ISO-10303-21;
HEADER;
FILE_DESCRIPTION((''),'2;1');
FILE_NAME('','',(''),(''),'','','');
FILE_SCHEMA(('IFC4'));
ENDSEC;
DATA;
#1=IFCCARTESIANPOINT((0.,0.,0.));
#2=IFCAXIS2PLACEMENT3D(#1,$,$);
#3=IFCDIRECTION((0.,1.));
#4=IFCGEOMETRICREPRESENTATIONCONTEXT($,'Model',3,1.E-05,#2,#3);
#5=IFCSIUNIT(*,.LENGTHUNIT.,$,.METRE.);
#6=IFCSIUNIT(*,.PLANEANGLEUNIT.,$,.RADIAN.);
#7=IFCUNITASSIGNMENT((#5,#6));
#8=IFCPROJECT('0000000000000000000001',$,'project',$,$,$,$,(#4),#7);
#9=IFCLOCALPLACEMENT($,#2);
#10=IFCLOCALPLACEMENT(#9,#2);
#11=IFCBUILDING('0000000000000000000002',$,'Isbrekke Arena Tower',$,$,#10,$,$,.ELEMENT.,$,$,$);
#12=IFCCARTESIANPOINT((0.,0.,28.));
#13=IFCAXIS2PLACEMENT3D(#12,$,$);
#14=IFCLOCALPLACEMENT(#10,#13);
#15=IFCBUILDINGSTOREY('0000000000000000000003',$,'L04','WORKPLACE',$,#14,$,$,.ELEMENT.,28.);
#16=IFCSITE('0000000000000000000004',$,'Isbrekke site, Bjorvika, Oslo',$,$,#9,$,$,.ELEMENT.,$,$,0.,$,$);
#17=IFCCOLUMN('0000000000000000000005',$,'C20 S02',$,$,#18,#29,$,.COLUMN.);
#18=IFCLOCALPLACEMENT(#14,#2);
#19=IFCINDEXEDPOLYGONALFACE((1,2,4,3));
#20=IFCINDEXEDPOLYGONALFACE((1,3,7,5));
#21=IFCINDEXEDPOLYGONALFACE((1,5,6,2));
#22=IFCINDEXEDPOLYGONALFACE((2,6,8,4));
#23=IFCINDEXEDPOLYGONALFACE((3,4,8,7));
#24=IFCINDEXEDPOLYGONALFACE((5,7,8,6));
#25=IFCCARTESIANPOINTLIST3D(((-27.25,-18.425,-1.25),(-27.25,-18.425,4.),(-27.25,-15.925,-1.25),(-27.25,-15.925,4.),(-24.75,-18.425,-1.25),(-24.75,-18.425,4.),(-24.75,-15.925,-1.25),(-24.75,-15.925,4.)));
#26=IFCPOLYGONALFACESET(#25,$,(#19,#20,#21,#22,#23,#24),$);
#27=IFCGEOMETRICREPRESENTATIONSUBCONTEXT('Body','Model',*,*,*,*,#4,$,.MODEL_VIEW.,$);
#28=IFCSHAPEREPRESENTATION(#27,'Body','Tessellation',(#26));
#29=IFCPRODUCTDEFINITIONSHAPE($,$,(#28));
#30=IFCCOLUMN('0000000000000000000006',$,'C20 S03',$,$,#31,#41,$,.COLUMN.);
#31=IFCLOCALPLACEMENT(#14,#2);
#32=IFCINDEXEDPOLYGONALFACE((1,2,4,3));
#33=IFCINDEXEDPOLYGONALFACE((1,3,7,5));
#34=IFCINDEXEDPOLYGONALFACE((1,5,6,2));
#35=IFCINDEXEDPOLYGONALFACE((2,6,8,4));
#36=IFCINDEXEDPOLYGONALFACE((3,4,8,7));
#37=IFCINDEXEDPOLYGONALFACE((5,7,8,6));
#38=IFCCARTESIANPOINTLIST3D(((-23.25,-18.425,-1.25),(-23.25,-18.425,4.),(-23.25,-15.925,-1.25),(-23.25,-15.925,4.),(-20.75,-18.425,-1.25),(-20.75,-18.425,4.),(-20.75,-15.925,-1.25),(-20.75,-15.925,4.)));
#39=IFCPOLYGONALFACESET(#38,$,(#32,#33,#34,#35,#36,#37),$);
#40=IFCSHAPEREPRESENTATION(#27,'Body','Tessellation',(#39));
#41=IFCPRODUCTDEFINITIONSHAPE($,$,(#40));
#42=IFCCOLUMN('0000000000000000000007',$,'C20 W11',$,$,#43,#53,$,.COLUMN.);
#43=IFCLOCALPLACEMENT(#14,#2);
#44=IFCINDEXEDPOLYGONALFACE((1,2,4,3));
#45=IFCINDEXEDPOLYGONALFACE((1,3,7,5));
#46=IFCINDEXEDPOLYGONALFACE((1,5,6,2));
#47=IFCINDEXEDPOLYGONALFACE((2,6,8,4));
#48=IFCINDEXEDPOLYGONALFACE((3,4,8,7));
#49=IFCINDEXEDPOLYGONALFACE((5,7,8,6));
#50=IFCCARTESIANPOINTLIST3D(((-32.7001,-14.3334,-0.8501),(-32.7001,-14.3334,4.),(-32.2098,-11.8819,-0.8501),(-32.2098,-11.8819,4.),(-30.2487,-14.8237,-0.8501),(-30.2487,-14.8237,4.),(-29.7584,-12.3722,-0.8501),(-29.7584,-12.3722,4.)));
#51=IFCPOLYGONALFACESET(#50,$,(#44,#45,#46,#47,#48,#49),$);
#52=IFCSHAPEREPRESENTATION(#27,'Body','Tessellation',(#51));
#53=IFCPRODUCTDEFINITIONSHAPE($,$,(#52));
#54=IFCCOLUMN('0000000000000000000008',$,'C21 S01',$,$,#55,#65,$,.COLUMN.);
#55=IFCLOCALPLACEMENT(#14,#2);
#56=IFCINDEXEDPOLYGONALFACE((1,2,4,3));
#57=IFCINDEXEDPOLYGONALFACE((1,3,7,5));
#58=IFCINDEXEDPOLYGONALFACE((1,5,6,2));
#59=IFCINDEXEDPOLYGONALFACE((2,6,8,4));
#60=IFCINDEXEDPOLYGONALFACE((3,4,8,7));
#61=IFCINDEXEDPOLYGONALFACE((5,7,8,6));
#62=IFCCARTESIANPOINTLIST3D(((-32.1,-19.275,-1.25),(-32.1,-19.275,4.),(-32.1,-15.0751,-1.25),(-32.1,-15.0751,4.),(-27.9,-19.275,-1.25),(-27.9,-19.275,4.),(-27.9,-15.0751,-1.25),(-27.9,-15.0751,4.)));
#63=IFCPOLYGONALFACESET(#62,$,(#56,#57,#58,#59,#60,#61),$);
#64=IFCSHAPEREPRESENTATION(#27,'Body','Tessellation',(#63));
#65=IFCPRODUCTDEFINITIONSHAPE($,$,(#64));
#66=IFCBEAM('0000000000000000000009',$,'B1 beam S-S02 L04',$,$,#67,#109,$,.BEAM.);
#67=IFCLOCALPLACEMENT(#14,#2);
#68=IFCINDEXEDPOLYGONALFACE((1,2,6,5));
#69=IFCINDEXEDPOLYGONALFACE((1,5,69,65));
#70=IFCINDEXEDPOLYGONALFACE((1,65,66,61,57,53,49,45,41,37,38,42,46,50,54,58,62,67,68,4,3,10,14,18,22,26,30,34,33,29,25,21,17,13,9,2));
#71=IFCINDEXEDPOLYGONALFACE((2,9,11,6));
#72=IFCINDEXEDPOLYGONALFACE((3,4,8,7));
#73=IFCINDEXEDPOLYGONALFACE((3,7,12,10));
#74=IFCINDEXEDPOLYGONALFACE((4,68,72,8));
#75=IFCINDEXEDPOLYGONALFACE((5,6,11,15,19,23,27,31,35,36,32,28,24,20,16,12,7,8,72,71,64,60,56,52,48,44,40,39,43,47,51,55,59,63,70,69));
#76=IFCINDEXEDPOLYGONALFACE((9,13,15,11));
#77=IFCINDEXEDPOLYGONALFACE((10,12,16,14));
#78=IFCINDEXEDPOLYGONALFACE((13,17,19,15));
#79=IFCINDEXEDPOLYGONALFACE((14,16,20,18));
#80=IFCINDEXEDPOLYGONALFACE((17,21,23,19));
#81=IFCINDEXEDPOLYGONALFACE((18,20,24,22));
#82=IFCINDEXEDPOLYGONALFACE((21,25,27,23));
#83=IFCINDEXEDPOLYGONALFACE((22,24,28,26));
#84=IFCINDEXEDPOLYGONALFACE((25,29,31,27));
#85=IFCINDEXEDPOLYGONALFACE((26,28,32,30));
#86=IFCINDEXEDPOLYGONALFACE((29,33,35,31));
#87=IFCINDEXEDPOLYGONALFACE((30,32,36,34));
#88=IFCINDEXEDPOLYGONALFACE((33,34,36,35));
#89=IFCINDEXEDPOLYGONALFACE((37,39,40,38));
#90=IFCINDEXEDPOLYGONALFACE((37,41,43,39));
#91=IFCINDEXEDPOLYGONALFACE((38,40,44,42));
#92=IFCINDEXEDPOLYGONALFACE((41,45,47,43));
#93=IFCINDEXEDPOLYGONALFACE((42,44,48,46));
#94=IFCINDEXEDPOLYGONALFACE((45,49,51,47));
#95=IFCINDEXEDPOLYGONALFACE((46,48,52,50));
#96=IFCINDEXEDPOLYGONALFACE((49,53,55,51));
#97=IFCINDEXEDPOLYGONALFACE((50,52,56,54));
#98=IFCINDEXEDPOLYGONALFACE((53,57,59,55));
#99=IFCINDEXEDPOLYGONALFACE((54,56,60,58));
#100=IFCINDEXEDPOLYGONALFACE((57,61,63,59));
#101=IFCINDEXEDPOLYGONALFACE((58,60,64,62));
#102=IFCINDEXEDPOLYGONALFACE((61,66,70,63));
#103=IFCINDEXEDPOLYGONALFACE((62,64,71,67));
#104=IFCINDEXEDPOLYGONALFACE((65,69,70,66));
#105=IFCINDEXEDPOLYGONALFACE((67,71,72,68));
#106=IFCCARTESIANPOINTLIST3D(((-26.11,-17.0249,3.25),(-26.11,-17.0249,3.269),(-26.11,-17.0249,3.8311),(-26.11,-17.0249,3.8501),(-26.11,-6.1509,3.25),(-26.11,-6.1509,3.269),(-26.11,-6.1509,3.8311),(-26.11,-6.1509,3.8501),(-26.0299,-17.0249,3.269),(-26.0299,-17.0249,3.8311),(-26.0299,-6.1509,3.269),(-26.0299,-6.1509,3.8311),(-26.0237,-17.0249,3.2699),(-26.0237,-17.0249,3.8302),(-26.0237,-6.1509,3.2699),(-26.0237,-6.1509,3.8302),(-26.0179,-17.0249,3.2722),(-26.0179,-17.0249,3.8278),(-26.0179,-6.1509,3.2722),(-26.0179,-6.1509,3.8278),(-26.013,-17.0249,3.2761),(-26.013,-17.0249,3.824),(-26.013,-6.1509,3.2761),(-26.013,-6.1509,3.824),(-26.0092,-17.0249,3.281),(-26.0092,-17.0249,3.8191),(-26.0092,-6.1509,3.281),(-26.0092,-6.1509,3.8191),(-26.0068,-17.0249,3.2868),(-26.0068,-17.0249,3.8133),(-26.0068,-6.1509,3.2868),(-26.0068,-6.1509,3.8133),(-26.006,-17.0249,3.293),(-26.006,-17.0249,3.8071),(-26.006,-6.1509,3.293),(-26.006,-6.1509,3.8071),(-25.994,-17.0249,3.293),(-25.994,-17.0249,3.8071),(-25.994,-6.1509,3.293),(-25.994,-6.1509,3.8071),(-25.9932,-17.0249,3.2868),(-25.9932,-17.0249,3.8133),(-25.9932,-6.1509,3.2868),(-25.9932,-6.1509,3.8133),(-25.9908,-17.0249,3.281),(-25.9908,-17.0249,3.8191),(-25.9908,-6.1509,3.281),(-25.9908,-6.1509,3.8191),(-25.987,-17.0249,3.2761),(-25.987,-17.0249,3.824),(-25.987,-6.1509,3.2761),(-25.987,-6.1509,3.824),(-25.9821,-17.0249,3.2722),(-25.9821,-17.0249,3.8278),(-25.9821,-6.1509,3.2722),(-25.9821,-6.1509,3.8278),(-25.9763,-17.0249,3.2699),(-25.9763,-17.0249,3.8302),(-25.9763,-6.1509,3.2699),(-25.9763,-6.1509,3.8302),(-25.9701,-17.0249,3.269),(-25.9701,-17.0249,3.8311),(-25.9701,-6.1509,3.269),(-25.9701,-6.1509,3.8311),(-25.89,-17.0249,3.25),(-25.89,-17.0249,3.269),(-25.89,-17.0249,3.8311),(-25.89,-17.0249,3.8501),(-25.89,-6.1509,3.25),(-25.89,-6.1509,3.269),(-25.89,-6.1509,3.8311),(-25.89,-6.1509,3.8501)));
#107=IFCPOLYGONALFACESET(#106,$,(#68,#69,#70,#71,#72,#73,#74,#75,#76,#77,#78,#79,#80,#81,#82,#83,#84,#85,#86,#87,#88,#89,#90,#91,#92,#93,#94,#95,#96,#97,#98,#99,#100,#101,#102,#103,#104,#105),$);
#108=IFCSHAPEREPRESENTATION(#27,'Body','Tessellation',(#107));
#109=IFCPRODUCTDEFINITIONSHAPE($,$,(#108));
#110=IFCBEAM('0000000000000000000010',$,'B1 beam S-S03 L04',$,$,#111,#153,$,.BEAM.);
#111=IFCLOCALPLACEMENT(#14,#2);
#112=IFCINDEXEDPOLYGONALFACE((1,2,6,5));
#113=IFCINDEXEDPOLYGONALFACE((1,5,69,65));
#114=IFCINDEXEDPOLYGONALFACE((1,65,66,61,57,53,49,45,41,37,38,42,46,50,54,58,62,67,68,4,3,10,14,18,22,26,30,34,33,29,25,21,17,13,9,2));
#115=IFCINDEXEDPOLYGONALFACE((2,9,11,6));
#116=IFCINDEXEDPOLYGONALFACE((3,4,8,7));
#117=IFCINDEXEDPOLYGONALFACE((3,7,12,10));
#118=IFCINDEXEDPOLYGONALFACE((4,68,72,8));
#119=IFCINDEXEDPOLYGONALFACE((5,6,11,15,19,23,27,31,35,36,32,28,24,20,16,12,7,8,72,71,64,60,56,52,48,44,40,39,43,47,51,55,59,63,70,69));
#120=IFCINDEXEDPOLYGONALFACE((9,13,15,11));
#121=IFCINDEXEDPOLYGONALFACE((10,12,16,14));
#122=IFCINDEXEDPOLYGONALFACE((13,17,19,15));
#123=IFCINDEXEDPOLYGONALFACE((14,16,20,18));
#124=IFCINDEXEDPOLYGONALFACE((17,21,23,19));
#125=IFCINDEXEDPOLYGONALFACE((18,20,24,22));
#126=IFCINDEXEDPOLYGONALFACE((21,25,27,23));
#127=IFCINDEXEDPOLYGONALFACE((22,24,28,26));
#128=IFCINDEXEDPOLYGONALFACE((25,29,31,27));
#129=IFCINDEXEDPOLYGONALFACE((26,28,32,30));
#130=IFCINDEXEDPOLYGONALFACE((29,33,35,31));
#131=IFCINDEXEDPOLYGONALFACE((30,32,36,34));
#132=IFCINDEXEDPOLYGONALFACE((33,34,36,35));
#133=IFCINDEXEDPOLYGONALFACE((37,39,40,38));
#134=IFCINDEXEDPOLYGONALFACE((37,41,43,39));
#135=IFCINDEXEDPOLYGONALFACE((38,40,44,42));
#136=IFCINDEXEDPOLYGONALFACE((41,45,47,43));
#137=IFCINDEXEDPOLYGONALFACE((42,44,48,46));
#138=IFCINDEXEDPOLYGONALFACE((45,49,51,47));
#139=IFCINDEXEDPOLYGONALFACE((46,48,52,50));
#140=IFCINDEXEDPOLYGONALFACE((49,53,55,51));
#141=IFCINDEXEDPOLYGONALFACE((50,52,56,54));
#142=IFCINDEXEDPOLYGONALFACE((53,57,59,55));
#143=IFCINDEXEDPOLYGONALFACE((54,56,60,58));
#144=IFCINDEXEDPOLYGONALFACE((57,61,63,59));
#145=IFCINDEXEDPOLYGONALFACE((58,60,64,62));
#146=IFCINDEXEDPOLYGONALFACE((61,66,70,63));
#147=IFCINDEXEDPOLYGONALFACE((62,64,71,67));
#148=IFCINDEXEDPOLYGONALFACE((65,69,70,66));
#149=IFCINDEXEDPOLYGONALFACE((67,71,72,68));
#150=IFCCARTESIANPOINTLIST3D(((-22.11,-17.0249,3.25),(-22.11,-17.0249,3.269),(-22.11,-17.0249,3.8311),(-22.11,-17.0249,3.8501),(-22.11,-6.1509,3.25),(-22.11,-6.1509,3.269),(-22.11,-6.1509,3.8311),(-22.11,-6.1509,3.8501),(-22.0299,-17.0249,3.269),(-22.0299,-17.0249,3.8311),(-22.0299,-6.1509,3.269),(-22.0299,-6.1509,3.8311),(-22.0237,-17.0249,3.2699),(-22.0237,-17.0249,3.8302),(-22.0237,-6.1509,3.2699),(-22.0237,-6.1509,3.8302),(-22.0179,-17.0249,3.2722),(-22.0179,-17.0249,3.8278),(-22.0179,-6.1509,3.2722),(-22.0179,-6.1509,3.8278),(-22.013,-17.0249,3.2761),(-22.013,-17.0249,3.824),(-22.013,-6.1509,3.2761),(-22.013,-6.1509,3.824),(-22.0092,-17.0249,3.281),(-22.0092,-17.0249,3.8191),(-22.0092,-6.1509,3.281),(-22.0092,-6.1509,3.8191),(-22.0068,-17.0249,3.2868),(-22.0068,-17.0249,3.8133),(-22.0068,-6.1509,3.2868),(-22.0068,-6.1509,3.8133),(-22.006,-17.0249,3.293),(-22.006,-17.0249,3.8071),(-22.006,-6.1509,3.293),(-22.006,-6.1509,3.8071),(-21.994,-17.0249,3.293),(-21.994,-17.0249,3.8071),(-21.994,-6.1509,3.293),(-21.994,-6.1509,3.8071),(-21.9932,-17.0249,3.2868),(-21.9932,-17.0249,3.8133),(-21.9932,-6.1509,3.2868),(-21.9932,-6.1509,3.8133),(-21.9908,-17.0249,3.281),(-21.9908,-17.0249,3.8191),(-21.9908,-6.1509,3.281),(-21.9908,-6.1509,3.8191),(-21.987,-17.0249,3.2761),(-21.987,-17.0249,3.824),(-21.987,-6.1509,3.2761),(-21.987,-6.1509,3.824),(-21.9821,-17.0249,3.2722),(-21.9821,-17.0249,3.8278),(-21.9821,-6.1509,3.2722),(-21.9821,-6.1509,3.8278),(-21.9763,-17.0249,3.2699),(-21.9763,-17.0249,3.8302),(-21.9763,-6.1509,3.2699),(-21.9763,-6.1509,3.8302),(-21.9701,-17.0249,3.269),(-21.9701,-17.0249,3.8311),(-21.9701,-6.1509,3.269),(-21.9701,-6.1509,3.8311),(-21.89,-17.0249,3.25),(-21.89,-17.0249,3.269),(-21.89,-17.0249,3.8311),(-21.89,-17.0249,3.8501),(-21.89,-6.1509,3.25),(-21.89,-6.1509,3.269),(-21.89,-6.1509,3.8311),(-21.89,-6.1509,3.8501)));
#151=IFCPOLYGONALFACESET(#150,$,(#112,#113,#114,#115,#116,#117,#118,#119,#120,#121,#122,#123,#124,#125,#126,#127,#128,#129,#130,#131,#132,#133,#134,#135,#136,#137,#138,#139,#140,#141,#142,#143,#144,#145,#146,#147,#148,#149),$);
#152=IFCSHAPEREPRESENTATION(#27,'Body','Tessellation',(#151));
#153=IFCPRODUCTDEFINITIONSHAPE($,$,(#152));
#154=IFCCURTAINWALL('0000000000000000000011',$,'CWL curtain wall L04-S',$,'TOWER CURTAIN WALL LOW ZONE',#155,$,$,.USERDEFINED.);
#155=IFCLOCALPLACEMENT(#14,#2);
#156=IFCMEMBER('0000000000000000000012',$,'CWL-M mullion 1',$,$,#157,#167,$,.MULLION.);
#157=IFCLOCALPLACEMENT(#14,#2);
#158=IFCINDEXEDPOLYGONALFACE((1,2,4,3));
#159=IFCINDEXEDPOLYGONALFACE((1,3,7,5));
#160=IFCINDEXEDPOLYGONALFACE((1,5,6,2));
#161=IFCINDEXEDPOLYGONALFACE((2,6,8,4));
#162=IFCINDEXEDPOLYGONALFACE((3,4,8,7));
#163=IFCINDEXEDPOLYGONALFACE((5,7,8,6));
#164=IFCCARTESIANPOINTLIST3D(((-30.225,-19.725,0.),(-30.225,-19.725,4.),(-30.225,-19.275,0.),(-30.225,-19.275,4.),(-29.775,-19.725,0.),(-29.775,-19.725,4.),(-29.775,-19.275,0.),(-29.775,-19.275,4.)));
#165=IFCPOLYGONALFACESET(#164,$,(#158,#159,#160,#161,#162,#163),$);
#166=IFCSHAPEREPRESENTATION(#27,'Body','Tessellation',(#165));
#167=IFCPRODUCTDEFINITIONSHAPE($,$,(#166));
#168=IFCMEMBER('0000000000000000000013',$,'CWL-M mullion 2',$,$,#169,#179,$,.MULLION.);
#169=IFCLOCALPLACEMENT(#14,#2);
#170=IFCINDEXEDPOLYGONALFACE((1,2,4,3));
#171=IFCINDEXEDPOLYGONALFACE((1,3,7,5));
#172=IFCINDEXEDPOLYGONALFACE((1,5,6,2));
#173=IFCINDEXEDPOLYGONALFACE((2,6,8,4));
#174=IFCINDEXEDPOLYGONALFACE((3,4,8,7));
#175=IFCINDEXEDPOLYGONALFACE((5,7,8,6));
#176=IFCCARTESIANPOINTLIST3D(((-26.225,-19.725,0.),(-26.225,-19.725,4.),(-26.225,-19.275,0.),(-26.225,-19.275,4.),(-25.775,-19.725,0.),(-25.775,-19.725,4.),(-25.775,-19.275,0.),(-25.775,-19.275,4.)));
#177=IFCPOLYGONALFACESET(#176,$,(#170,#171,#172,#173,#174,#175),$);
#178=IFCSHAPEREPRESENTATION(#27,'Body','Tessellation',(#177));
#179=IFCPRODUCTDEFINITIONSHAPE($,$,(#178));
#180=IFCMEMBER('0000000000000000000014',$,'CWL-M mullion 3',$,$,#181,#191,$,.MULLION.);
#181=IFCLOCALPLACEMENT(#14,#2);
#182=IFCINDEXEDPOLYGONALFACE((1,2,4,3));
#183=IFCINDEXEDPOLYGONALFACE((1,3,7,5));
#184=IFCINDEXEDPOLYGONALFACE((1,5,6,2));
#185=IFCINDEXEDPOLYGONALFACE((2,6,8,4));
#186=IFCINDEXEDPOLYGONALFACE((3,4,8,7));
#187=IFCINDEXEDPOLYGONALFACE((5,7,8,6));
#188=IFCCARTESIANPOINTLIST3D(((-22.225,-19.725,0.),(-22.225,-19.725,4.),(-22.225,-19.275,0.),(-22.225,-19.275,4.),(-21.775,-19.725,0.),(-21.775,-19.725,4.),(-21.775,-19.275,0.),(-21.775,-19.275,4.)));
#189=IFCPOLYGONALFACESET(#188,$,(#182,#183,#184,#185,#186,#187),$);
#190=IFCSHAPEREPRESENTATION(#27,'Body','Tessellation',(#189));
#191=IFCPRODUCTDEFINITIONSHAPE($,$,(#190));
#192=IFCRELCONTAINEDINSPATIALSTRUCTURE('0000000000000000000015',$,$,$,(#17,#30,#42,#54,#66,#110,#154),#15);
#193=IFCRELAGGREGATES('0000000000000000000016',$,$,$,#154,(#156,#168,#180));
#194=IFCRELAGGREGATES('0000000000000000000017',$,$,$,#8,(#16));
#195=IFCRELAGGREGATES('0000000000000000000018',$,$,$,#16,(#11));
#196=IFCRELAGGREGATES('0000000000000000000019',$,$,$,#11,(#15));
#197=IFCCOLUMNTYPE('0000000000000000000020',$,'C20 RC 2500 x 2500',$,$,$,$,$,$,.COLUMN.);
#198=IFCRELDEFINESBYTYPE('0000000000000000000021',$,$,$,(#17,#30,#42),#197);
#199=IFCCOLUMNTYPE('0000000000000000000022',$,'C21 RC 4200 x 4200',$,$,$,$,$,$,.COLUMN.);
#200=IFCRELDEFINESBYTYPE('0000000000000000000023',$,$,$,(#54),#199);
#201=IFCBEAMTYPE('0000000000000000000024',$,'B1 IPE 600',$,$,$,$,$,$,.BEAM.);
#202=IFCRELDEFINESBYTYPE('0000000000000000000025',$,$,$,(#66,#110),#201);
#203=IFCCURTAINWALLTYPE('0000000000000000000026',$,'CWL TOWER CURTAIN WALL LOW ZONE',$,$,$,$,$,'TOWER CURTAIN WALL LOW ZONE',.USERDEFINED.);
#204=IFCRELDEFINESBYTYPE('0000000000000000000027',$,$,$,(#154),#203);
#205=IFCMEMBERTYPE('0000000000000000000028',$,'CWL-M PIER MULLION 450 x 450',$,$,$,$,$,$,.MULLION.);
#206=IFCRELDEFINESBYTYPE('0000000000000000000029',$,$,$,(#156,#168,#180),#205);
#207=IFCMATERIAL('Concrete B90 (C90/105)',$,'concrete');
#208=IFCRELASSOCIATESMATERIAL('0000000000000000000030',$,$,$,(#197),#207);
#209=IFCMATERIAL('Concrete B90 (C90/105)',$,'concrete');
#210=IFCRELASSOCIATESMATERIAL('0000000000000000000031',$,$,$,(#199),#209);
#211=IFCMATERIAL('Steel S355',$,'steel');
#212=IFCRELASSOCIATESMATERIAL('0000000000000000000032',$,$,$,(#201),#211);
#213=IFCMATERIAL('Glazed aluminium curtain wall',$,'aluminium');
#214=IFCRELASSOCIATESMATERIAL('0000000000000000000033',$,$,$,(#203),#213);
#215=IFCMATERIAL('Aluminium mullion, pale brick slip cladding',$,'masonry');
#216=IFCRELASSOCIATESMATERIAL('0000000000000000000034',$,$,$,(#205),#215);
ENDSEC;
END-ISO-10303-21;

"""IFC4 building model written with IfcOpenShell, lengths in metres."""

from ifc_helpers import new_model, si_unit, direction, frame, origin, origin_2d, place, context, subcontext, project, spatial, rectangle, i_section, extrude, material, material_profile, profile_set, type_object, element, aggregate, save


model = new_model("IFC4")

# Units and contexts
model_context = context("Model", 3, precision=1e-05, world=origin(), true_north=direction((0.0, 1.0)))
body_context = subcontext(model_context, "Body", "Model", "MODEL_VIEW")
ifc_project = project(units=[si_unit("LENGTHUNIT", "METRE"), si_unit("PLANEANGLEUNIT", "RADIAN")], contexts=[model_context])

# Site, building, storey
site_placement = place(None, origin())
site = spatial("IfcSite", under=ifc_project, at=site_placement, Name="Isbrekke site, Bjorvika, Oslo", CompositionType="ELEMENT", RefElevation=0.0)
building_placement = place(site_placement, origin())
building = spatial("IfcBuilding", under=site, at=building_placement, Name="Isbrekke Arena Tower", CompositionType="ELEMENT")
storey_placement = place(building_placement, frame((0.0, 0.0, 28.0)))
storey = spatial("IfcBuildingStorey", under=building, at=storey_placement, Name="L04", Description="WORKPLACE", CompositionType="ELEMENT", Elevation=28.0)

# Columns
ifc_material_1 = material(Name="Concrete B90 (C90/105)", Category="concrete")
ifc_material_profile_1 = material_profile(ifc_material_1, rectangle(XDim=2.5, YDim=2.5, at=origin_2d()), Name="RC 2500x2500")
ifc_profile_set_1 = profile_set([ifc_material_profile_1], Name="Concrete B90 (C90/105)")
column_type_1 = type_object("IfcColumnType", Name="C20 RC 2500 x 2500", PredefinedType="COLUMN", material=ifc_profile_set_1)
for number, where, z_axis, x_axis, name in (
    (1, (-26.0, -17.175, -1.25), (0.0, 0.0, 1.0), (1.0, 0.0, 0.0), "C20 S02"),
    (2, (-22.0, -17.175, -1.25), (0.0, 0.0, 1.0), (1.0, 0.0, 0.0), "C20 S03"),
):
    element("IfcColumn", number, at=place(storey_placement, frame(where, z_axis=z_axis, x_axis=x_axis)), inside=storey, type_object=column_type_1, Name=name, PredefinedType="COLUMN", context=body_context, shape_type="SweptSolid", body=[
        extrude(rectangle(XDim=2.5, YDim=2.5, at=origin_2d()), origin(), (0.0, 0.0, 1.0), 5.25),
    ])
column_1_placement = place(storey_placement, frame((-31.2292, -13.3528, -0.8501), z_axis=(0.0, 0.0, 1.0), x_axis=(-0.196116, -0.980581, 0.0)))
element("IfcColumn", 3, at=column_1_placement, inside=storey, type_object=column_type_1, Name="C20 W11", PredefinedType="COLUMN", context=body_context, shape_type="SweptSolid", body=[
    extrude(rectangle(XDim=2.5, YDim=2.5, at=origin_2d()), origin(), (0.0, 0.0, 1.0), 4.8501),
])
ifc_material_2 = material(Name="Concrete B90 (C90/105)", Category="concrete")
ifc_material_profile_2 = material_profile(ifc_material_2, rectangle(XDim=4.2, YDim=4.2, at=origin_2d()), Name="RC 4200x4200")
ifc_profile_set_2 = profile_set([ifc_material_profile_2], Name="Concrete B90 (C90/105)")
column_type_2 = type_object("IfcColumnType", Name="C21 RC 4200 x 4200", PredefinedType="COLUMN", material=ifc_profile_set_2)
column_2_placement = place(storey_placement, frame((-30.0, -17.175, -1.25), z_axis=(0.0, 0.0, 1.0), x_axis=(1.0, 0.0, 0.0)))
element("IfcColumn", 4, at=column_2_placement, inside=storey, type_object=column_type_2, Name="C21 S01", PredefinedType="COLUMN", context=body_context, shape_type="SweptSolid", body=[
    extrude(rectangle(XDim=4.2, YDim=4.2, at=origin_2d()), origin(), (0.0, 0.0, 1.0), 5.25),
])

# Beams
ifc_material_3 = material(Name="Steel S355", Category="steel")
ifc_material_profile_3 = material_profile(ifc_material_3, i_section(OverallWidth=0.22, OverallDepth=0.6001, WebThickness=0.012, FlangeThickness=0.019, FilletRadius=0.0239, at=origin_2d()), Name="IPE 600")
ifc_profile_set_3 = profile_set([ifc_material_profile_3], Name="Steel S355")
beam_type_1 = type_object("IfcBeamType", Name="B1 IPE 600", PredefinedType="BEAM", material=ifc_profile_set_3)
for number, where, z_axis, x_axis, name in (
    (5, (-26.0, -17.0249, 3.55), (0.0, 1.0, 0.0), (-1.0, 0.0, 0.0), "B1 beam S-S02 L04"),
    (6, (-22.0, -17.0249, 3.55), (0.0, 1.0, 0.0), (-1.0, 0.0, 0.0), "B1 beam S-S03 L04"),
):
    element("IfcBeam", number, at=place(storey_placement, frame(where, z_axis=z_axis, x_axis=x_axis)), inside=storey, type_object=beam_type_1, Name=name, PredefinedType="BEAM", context=body_context, shape_type="SweptSolid", body=[
        extrude(i_section(OverallWidth=0.22, OverallDepth=0.6001, WebThickness=0.012, FlangeThickness=0.019, FilletRadius=0.0239, at=origin_2d()), origin(), (0.0, 0.0, 1.0), 10.874),
    ])

# Curtain wall, members
ifc_material_4 = material(Name="Glazed aluminium curtain wall", Category="aluminium")
curtain_wall_type = type_object("IfcCurtainWallType", Name="CWL TOWER CURTAIN WALL LOW ZONE", ElementType="TOWER CURTAIN WALL LOW ZONE", PredefinedType="USERDEFINED", material=ifc_material_4)
curtain_wall_placement = place(storey_placement, origin())
curtain_wall = element("IfcCurtainWall", 7, at=curtain_wall_placement, inside=storey, type_object=curtain_wall_type, Name="CWL curtain wall L04-S", ObjectType="TOWER CURTAIN WALL LOW ZONE", PredefinedType="USERDEFINED")
ifc_material_5 = material(Name="Aluminium mullion, pale brick slip cladding", Category="masonry")
ifc_material_profile_4 = material_profile(ifc_material_5, rectangle(XDim=0.45, YDim=0.45, at=origin_2d()), Name="PIER 450X450")
ifc_profile_set_4 = profile_set([ifc_material_profile_4], Name="Aluminium mullion, pale brick slip cladding")
member_type_1 = type_object("IfcMemberType", Name="CWL-M PIER MULLION 450 x 450", PredefinedType="MULLION", material=ifc_profile_set_4)
member_1_placement = place(storey_placement, frame((-30.0, -19.5, 0.0), z_axis=(0.0, 0.0, 1.0), x_axis=(1.0, 0.0, 0.0)))
member_1 = element("IfcMember", 8, at=member_1_placement, type_object=member_type_1, Name="CWL-M mullion 1", PredefinedType="MULLION", context=body_context, shape_type="SweptSolid", body=[
    extrude(rectangle(XDim=0.45, YDim=0.45, at=origin_2d()), origin(), (0.0, 0.0, 1.0), 4.0),
])
member_2_placement = place(storey_placement, frame((-26.0, -19.5, 0.0), z_axis=(0.0, 0.0, 1.0), x_axis=(1.0, 0.0, 0.0)))
member_2 = element("IfcMember", 9, at=member_2_placement, type_object=member_type_1, Name="CWL-M mullion 2", PredefinedType="MULLION", context=body_context, shape_type="SweptSolid", body=[
    extrude(rectangle(XDim=0.45, YDim=0.45, at=origin_2d()), origin(), (0.0, 0.0, 1.0), 4.0),
])
member_3_placement = place(storey_placement, frame((-22.0, -19.5, 0.0), z_axis=(0.0, 0.0, 1.0), x_axis=(1.0, 0.0, 0.0)))
member_3 = element("IfcMember", 10, at=member_3_placement, type_object=member_type_1, Name="CWL-M mullion 3", PredefinedType="MULLION", context=body_context, shape_type="SweptSolid", body=[
    extrude(rectangle(XDim=0.45, YDim=0.45, at=origin_2d()), origin(), (0.0, 0.0, 1.0), 4.0),
])

aggregate(curtain_wall, [member_1, member_2, member_3])

save(model, "model.ifc")
